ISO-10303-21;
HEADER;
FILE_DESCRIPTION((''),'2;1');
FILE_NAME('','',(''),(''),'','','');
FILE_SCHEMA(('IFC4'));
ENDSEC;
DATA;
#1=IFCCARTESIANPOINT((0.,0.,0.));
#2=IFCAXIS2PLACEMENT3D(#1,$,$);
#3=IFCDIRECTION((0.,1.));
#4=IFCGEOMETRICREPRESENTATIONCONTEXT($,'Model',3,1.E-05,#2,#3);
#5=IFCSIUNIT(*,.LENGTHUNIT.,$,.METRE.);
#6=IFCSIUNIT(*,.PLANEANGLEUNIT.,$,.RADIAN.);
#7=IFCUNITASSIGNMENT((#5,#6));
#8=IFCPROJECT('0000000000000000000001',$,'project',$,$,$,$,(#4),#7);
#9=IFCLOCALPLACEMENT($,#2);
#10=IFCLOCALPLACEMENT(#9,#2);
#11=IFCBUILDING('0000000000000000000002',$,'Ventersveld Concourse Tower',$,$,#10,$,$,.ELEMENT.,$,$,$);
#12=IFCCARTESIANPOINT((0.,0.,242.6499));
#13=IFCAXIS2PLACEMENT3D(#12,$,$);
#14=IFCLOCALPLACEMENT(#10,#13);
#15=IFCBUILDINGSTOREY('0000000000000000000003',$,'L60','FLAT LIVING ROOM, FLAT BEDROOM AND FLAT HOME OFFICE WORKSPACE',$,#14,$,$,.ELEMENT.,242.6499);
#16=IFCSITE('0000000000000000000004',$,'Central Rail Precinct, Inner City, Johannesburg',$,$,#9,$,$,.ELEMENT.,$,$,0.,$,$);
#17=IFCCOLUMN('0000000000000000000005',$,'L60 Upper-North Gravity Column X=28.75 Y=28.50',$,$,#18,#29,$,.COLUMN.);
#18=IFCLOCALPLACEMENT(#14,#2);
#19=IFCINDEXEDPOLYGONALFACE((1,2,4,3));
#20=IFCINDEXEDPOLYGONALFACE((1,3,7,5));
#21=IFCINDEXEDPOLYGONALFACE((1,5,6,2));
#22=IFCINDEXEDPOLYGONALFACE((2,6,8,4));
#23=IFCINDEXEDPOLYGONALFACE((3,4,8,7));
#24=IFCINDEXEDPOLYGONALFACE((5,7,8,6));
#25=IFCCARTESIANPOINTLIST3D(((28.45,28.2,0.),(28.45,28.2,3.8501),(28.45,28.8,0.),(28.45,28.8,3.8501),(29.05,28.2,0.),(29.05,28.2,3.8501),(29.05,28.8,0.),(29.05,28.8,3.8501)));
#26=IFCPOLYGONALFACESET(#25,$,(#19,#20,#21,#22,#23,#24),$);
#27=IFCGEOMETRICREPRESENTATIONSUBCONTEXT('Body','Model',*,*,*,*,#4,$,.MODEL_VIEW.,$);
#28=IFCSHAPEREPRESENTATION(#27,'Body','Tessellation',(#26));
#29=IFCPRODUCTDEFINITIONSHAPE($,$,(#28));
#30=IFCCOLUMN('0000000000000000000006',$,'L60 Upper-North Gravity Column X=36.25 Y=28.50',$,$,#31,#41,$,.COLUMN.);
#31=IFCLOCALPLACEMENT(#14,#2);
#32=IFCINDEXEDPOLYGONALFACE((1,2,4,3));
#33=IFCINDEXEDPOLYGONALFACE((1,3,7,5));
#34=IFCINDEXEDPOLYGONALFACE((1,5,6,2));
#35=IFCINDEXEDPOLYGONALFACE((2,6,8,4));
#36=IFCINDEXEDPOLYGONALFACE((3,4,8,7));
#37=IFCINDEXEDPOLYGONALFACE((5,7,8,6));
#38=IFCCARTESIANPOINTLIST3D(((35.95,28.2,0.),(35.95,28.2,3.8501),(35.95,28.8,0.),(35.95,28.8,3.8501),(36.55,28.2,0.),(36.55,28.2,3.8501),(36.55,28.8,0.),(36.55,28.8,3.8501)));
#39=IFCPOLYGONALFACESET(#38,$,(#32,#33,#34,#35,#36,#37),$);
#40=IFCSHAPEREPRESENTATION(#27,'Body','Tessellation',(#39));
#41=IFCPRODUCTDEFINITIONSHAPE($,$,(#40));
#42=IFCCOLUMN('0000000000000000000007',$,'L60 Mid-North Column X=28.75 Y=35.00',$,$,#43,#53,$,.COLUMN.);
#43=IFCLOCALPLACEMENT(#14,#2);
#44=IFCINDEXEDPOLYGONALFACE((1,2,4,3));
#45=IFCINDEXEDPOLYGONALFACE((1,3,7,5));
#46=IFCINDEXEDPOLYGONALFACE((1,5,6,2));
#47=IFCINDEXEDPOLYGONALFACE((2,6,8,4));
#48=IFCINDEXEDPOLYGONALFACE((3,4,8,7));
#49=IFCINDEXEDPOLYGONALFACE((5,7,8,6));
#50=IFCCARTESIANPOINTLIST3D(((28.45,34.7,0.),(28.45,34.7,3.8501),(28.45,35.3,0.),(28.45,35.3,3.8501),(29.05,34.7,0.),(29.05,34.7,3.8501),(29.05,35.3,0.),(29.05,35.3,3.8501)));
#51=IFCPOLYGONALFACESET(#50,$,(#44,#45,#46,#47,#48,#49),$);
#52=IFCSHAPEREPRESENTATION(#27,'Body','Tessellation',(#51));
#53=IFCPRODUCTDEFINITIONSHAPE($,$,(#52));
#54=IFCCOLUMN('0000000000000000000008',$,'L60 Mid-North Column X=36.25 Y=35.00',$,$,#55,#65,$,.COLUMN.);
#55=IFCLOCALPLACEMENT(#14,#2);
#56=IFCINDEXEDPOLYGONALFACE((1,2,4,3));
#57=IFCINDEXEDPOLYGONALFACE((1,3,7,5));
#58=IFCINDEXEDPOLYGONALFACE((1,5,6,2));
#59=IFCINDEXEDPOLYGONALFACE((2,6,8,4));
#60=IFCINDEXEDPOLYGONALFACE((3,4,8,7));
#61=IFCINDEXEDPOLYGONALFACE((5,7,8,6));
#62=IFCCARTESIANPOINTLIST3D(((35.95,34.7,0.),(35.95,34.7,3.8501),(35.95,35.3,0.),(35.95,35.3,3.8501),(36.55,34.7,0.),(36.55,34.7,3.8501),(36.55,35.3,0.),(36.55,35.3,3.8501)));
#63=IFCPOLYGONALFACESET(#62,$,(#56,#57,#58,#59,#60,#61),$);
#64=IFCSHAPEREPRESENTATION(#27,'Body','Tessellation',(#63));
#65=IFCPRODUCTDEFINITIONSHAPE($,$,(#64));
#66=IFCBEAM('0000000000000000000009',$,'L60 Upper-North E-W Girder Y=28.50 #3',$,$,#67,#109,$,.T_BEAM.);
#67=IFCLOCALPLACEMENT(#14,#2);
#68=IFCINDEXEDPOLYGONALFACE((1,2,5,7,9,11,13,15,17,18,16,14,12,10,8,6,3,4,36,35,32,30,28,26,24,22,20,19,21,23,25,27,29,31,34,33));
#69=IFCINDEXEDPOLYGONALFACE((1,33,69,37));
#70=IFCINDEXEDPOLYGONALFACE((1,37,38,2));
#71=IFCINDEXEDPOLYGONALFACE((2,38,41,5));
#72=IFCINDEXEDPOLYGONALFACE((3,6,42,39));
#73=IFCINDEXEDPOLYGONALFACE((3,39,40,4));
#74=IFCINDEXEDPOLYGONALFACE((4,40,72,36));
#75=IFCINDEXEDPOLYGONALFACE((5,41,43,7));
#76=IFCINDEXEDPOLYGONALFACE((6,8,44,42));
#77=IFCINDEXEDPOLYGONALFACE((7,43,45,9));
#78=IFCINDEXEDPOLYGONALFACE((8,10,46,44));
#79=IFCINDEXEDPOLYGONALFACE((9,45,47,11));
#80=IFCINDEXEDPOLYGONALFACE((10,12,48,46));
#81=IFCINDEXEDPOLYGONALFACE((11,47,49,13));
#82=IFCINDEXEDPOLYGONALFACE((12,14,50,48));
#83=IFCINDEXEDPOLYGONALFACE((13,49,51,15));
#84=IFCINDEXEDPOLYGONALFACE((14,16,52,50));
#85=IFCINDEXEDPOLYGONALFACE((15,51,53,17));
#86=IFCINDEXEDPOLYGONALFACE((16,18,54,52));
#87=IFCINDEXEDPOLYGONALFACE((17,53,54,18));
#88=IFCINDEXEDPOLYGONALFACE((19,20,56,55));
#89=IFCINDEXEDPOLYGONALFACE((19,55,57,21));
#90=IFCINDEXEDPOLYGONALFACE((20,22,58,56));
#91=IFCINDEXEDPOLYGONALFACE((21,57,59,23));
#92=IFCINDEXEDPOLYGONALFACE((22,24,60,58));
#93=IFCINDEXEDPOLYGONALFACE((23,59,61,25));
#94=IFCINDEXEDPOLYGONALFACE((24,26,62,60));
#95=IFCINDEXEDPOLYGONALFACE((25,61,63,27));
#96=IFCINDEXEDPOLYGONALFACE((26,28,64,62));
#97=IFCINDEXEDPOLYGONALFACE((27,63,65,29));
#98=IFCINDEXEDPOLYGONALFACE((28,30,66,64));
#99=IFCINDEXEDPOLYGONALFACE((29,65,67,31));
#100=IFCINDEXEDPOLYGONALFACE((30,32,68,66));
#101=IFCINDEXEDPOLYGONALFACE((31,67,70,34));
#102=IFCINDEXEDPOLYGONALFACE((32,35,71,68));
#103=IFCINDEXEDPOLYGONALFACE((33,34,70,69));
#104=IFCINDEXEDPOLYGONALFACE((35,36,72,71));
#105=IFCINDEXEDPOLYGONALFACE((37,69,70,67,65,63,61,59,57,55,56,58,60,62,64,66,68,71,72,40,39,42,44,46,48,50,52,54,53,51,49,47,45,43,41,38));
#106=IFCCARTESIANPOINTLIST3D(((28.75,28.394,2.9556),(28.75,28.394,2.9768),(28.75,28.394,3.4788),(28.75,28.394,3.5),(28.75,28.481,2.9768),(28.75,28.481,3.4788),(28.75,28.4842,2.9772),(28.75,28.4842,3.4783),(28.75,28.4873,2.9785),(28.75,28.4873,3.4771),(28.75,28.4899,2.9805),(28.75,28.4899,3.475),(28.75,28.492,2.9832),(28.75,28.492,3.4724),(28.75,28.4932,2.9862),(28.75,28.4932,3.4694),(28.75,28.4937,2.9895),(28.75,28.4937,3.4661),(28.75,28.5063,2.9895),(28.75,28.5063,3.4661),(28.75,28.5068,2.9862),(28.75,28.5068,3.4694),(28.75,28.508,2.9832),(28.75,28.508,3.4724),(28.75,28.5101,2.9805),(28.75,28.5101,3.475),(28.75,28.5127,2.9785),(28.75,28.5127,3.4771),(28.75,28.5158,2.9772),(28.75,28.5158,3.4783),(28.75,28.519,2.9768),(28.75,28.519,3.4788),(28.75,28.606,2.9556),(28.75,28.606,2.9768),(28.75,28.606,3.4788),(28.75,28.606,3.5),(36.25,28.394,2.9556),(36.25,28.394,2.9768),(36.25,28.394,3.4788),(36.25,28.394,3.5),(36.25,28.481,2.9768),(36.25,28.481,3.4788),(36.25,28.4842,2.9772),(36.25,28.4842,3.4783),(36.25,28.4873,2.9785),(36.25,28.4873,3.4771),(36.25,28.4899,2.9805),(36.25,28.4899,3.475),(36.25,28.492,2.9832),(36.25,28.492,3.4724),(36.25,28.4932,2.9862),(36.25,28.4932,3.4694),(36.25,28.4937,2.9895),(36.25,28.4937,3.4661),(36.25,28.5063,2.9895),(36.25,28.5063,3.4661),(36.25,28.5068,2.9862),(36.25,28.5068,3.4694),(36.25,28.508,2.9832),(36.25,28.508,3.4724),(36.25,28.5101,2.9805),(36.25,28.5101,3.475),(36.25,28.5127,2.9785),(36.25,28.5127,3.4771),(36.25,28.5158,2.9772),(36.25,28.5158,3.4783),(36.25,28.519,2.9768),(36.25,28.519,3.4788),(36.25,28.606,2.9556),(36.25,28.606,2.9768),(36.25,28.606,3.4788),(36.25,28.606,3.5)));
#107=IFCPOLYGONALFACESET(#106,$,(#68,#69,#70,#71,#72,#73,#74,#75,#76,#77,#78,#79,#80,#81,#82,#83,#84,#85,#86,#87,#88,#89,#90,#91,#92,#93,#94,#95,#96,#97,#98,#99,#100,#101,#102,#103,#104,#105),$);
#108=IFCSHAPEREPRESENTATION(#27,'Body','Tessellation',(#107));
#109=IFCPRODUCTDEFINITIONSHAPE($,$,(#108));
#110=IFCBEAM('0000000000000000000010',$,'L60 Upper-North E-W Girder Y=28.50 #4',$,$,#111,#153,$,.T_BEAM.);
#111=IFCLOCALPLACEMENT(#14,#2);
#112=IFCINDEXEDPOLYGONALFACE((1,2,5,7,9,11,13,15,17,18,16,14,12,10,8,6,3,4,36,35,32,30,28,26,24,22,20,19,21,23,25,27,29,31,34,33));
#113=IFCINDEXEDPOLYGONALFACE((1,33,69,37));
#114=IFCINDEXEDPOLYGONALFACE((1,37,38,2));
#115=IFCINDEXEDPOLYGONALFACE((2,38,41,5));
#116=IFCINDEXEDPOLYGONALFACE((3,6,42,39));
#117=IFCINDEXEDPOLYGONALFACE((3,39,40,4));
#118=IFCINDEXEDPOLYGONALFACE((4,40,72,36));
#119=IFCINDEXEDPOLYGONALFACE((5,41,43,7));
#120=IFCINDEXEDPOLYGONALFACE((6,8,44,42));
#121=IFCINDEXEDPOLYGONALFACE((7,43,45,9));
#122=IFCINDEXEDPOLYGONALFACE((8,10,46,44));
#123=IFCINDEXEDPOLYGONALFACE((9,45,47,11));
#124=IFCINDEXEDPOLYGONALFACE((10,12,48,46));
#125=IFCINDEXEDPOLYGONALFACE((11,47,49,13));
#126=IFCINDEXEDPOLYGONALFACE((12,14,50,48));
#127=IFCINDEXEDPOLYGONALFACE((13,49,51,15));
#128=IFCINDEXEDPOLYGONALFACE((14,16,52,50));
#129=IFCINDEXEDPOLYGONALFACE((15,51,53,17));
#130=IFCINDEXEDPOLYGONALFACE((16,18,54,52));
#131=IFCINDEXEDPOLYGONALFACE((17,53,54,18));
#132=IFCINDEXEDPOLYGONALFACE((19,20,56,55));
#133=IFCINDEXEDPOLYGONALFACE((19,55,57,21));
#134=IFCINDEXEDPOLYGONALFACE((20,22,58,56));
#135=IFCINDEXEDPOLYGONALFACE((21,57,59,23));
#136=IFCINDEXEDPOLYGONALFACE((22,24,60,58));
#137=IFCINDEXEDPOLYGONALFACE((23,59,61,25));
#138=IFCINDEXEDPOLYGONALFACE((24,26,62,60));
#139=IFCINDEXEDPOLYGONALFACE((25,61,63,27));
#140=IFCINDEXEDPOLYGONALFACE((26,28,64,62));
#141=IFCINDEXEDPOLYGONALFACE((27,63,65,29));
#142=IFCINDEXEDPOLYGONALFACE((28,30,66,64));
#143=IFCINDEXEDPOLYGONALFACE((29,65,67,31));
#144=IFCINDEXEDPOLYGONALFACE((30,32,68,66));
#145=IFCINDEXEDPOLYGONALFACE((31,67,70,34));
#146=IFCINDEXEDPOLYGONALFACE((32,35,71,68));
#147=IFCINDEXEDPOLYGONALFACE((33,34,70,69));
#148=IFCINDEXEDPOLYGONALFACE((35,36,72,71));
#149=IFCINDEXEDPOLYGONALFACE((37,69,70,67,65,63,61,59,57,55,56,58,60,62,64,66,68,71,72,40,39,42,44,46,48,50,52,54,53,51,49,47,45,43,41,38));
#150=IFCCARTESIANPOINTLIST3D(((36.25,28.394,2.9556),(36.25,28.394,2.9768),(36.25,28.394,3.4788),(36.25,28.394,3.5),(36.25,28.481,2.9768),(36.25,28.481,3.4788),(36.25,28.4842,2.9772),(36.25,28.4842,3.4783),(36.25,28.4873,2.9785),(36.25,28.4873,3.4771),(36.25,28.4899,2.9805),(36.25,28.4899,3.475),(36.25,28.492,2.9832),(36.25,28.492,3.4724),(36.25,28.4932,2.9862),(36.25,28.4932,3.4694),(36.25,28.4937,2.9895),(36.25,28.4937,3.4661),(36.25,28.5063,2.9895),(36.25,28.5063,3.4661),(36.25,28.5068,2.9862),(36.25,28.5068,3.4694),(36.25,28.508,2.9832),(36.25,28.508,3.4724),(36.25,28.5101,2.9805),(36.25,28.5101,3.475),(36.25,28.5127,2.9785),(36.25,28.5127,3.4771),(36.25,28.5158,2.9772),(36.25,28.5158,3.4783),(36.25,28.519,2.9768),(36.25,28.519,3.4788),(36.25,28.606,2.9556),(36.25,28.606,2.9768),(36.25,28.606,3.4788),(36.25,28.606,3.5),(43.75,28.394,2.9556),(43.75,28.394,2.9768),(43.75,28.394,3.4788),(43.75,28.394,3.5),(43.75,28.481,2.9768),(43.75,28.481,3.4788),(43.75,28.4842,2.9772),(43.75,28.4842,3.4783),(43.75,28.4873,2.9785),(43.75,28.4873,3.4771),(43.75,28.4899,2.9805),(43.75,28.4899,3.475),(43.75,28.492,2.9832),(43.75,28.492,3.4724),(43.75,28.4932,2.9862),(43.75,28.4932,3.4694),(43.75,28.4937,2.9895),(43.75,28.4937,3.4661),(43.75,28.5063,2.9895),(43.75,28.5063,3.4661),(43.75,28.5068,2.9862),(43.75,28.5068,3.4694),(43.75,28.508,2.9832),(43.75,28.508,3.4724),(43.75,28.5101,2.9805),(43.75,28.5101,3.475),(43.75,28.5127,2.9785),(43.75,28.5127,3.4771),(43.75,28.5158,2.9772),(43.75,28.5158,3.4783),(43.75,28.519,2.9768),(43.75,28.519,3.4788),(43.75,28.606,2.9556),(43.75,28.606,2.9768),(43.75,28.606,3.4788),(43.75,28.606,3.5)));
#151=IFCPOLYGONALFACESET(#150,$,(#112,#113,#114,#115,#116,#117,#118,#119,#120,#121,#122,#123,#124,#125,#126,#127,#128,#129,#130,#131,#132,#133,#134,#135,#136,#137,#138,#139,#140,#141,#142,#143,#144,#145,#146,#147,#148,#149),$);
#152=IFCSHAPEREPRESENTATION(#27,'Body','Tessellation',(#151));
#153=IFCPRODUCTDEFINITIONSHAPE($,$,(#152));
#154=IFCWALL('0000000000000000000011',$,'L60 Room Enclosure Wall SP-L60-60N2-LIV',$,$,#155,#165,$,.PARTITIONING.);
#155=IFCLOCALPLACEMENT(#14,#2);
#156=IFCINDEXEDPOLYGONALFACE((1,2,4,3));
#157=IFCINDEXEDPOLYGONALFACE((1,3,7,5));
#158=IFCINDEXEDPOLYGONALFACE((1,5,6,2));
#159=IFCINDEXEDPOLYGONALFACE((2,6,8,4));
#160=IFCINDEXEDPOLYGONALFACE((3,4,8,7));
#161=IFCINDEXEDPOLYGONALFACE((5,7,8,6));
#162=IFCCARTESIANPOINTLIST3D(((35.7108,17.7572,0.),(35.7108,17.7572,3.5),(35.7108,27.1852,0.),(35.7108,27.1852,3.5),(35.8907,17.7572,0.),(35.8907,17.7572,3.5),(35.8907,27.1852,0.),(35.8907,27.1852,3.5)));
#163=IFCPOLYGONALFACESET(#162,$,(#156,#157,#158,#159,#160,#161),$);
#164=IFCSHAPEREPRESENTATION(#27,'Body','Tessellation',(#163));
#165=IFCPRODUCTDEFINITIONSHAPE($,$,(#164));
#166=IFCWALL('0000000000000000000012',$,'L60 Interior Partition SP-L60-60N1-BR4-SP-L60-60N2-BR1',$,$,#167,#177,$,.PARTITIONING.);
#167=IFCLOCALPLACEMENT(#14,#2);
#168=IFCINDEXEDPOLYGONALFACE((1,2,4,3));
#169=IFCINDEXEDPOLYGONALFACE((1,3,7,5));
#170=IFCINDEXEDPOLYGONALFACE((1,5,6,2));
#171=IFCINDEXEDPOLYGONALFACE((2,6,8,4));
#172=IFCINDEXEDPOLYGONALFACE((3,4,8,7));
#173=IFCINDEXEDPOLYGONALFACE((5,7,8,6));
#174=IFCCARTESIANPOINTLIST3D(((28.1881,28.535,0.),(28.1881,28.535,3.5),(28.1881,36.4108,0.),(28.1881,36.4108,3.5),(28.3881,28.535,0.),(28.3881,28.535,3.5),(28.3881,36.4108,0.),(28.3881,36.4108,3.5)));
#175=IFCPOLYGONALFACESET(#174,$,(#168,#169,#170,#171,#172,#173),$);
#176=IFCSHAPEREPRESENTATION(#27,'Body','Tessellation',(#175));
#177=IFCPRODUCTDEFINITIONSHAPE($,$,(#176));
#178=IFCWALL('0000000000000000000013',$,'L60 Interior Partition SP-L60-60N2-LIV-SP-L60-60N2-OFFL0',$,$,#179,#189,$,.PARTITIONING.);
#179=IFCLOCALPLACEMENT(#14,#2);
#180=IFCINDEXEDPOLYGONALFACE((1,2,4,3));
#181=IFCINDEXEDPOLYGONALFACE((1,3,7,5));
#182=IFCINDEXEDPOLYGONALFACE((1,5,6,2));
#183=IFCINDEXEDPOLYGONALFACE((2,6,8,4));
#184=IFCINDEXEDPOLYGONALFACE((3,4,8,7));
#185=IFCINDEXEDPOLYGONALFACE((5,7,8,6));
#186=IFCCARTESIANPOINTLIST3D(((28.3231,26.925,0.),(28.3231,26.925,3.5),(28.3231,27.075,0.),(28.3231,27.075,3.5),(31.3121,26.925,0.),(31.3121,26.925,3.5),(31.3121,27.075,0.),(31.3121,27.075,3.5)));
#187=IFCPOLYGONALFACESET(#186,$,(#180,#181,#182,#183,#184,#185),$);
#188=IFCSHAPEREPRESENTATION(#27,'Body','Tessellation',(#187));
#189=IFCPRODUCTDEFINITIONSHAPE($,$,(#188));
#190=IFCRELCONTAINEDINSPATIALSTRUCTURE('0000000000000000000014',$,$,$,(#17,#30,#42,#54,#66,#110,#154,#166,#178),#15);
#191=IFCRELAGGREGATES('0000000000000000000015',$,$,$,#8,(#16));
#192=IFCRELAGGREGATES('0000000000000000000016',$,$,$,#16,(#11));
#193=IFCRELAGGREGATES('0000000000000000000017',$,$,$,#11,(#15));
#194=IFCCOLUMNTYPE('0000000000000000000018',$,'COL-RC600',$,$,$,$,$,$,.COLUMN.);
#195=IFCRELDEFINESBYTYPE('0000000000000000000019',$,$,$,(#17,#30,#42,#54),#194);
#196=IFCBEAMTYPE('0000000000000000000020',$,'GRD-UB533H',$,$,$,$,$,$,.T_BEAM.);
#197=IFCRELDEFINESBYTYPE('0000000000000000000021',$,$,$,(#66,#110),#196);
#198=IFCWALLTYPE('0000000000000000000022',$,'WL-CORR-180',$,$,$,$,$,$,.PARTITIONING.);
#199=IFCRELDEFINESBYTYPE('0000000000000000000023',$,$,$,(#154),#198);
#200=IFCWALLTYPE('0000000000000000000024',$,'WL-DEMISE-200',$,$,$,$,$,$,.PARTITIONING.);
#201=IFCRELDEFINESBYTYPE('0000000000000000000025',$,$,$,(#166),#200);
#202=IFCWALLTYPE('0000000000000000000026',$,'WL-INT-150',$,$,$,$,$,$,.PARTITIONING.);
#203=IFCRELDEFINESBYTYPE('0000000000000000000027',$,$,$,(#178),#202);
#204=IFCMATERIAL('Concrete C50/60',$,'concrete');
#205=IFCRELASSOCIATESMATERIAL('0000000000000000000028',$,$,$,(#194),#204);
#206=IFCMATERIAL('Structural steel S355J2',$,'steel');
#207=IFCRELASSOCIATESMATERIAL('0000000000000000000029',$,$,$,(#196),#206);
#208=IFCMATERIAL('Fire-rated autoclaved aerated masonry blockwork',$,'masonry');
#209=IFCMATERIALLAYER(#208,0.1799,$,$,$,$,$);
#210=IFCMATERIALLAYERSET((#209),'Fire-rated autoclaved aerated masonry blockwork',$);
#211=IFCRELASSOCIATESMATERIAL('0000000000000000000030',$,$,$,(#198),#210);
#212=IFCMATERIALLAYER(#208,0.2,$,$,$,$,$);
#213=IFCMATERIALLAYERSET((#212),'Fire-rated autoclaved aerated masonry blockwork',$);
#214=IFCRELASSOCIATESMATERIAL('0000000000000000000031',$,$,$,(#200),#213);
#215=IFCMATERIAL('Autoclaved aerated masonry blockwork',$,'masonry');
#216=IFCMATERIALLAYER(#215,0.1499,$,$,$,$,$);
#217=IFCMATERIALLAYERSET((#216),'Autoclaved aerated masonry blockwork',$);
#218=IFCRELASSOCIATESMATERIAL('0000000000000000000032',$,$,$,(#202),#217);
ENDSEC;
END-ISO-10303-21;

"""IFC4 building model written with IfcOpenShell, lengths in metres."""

from ifc_helpers import new_model, si_unit, direction, frame, frame_2d, origin, origin_2d, place, context, subcontext, project, spatial, rectangle, i_section, extrude, material, layer, layer_set, material_profile, profile_set, type_object, element, save


model = new_model("IFC4")

# Units and contexts
model_context = context("Model", 3, precision=1e-05, world=origin(), true_north=direction((0.0, 1.0)))
body_context = subcontext(model_context, "Body", "Model", "MODEL_VIEW")
ifc_project = project(units=[si_unit("LENGTHUNIT", "METRE"), si_unit("PLANEANGLEUNIT", "RADIAN")], contexts=[model_context])

# Site, building, storey
site_placement = place(None, origin())
site = spatial("IfcSite", under=ifc_project, at=site_placement, Name="Central Rail Precinct, Inner City, Johannesburg", CompositionType="ELEMENT", RefElevation=0.0)
building_placement = place(site_placement, origin())
building = spatial("IfcBuilding", under=site, at=building_placement, Name="Ventersveld Concourse Tower", CompositionType="ELEMENT")
storey_placement = place(building_placement, frame((0.0, 0.0, 242.6499)))
storey = spatial("IfcBuildingStorey", under=building, at=storey_placement, Name="L60", Description="FLAT LIVING ROOM, FLAT BEDROOM AND FLAT HOME OFFICE WORKSPACE", CompositionType="ELEMENT", Elevation=242.6499)

# Columns
ifc_material_1 = material(Name="Concrete C50/60", Category="concrete")
ifc_material_profile_1 = material_profile(ifc_material_1, rectangle(XDim=0.6001, YDim=0.6001, at=origin_2d()), Name="RC 600x600")
ifc_profile_set_1 = profile_set([ifc_material_profile_1], Name="Concrete C50/60")
column_type = type_object("IfcColumnType", Name="COL-RC600", PredefinedType="COLUMN", material=ifc_profile_set_1)
for number, where, z_axis, x_axis, name in (
    (1, (28.75, 28.5, 0.0), (0.0, 0.0, 1.0), (1.0, 0.0, 0.0), "L60 Upper-North Gravity Column X=28.75 Y=28.50"),
    (2, (36.25, 28.5, 0.0), (0.0, 0.0, 1.0), (1.0, 0.0, 0.0), "L60 Upper-North Gravity Column X=36.25 Y=28.50"),
    (3, (28.75, 35.0, 0.0), (0.0, 0.0, 1.0), (1.0, 0.0, 0.0), "L60 Mid-North Column X=28.75 Y=35.00"),
    (4, (36.25, 35.0, 0.0), (0.0, 0.0, 1.0), (1.0, 0.0, 0.0), "L60 Mid-North Column X=36.25 Y=35.00"),
):
    element("IfcColumn", number, at=place(storey_placement, frame(where, z_axis=z_axis, x_axis=x_axis)), inside=storey, type_object=column_type, Name=name, PredefinedType="COLUMN", context=body_context, shape_type="SweptSolid", body=[
        extrude(rectangle(XDim=0.6001, YDim=0.6001, at=origin_2d()), origin(), (0.0, 0.0, 1.0), 3.8501),
    ])

# Beams
ifc_material_2 = material(Name="Structural steel S355J2", Category="steel")
ifc_material_profile_2 = material_profile(ifc_material_2, i_section(OverallWidth=0.2119, OverallDepth=0.5444, WebThickness=0.0127, FlangeThickness=0.0212, FilletRadius=0.0127, at=origin_2d()), Name="UB 533x210x122")
ifc_profile_set_2 = profile_set([ifc_material_profile_2], Name="Structural steel S355J2")
beam_type = type_object("IfcBeamType", Name="GRD-UB533H", PredefinedType="T_BEAM", material=ifc_profile_set_2)
for number, where, z_axis, x_axis, name in (
    (5, (28.75, 28.5, 3.2278), (1.0, 0.0, 0.0), (0.0, 1.0, 0.0), "L60 Upper-North E-W Girder Y=28.50 #3"),
    (6, (36.25, 28.5, 3.2278), (1.0, 0.0, 0.0), (0.0, 1.0, 0.0), "L60 Upper-North E-W Girder Y=28.50 #4"),
):
    element("IfcBeam", number, at=place(storey_placement, frame(where, z_axis=z_axis, x_axis=x_axis)), inside=storey, type_object=beam_type, Name=name, PredefinedType="T_BEAM", context=body_context, shape_type="SweptSolid", body=[
        extrude(i_section(OverallWidth=0.2119, OverallDepth=0.5444, WebThickness=0.0127, FlangeThickness=0.0212, FilletRadius=0.0127, at=origin_2d()), origin(), (0.0, 0.0, 1.0), 7.5),
    ])

# Walls
ifc_material_3 = material(Name="Fire-rated autoclaved aerated masonry blockwork", Category="masonry")
ifc_layer_1 = layer(ifc_material_3, 0.1799)
ifc_layer_set_1 = layer_set([ifc_layer_1], Name="Fire-rated autoclaved aerated masonry blockwork")
wall_type_1 = type_object("IfcWallType", Name="WL-CORR-180", PredefinedType="PARTITIONING", material=ifc_layer_set_1)
wall_1_placement = place(storey_placement, frame((35.8008, 27.1851, 0.0), z_axis=(0.0, 0.0, 1.0), x_axis=(0.0, -1.0, 0.0)))
element("IfcWall", 7, at=wall_1_placement, inside=storey, type_object=wall_type_1, Name="L60 Room Enclosure Wall SP-L60-60N2-LIV", PredefinedType="PARTITIONING", context=body_context, shape_type="SweptSolid", body=[
    extrude(rectangle(XDim=9.428, YDim=0.1799, at=frame_2d((4.7139, 0.0))), origin(), (0.0, 0.0, 1.0), 3.5),
])
ifc_layer_2 = layer(ifc_material_3, 0.2)
ifc_layer_set_2 = layer_set([ifc_layer_2], Name="Fire-rated autoclaved aerated masonry blockwork")
wall_type_2 = type_object("IfcWallType", Name="WL-DEMISE-200", PredefinedType="PARTITIONING", material=ifc_layer_set_2)
wall_2_placement = place(storey_placement, frame((28.2881, 28.5349, 0.0), z_axis=(0.0, 0.0, 1.0), x_axis=(0.0, 1.0, 0.0)))
element("IfcWall", 8, at=wall_2_placement, inside=storey, type_object=wall_type_2, Name="L60 Interior Partition SP-L60-60N1-BR4-SP-L60-60N2-BR1", PredefinedType="PARTITIONING", context=body_context, shape_type="SweptSolid", body=[
    extrude(rectangle(XDim=7.8757, YDim=0.2, at=frame_2d((3.938, 0.0))), origin(), (0.0, 0.0, 1.0), 3.5),
])
ifc_material_4 = material(Name="Autoclaved aerated masonry blockwork", Category="masonry")
ifc_layer_3 = layer(ifc_material_4, 0.1499)
ifc_layer_set_3 = layer_set([ifc_layer_3], Name="Autoclaved aerated masonry blockwork")
wall_type_3 = type_object("IfcWallType", Name="WL-INT-150", PredefinedType="PARTITIONING", material=ifc_layer_set_3)
wall_3_placement = place(storey_placement, frame((28.323, 27.0, 0.0), z_axis=(0.0, 0.0, 1.0), x_axis=(1.0, 0.0, 0.0)))
element("IfcWall", 9, at=wall_3_placement, inside=storey, type_object=wall_type_3, Name="L60 Interior Partition SP-L60-60N2-LIV-SP-L60-60N2-OFFL0", PredefinedType="PARTITIONING", context=body_context, shape_type="SweptSolid", body=[
    extrude(rectangle(XDim=2.989, YDim=0.1499, at=frame_2d((1.4946, 0.0))), origin(), (0.0, 0.0, 1.0), 3.5),
])

save(model, "model.ifc")
